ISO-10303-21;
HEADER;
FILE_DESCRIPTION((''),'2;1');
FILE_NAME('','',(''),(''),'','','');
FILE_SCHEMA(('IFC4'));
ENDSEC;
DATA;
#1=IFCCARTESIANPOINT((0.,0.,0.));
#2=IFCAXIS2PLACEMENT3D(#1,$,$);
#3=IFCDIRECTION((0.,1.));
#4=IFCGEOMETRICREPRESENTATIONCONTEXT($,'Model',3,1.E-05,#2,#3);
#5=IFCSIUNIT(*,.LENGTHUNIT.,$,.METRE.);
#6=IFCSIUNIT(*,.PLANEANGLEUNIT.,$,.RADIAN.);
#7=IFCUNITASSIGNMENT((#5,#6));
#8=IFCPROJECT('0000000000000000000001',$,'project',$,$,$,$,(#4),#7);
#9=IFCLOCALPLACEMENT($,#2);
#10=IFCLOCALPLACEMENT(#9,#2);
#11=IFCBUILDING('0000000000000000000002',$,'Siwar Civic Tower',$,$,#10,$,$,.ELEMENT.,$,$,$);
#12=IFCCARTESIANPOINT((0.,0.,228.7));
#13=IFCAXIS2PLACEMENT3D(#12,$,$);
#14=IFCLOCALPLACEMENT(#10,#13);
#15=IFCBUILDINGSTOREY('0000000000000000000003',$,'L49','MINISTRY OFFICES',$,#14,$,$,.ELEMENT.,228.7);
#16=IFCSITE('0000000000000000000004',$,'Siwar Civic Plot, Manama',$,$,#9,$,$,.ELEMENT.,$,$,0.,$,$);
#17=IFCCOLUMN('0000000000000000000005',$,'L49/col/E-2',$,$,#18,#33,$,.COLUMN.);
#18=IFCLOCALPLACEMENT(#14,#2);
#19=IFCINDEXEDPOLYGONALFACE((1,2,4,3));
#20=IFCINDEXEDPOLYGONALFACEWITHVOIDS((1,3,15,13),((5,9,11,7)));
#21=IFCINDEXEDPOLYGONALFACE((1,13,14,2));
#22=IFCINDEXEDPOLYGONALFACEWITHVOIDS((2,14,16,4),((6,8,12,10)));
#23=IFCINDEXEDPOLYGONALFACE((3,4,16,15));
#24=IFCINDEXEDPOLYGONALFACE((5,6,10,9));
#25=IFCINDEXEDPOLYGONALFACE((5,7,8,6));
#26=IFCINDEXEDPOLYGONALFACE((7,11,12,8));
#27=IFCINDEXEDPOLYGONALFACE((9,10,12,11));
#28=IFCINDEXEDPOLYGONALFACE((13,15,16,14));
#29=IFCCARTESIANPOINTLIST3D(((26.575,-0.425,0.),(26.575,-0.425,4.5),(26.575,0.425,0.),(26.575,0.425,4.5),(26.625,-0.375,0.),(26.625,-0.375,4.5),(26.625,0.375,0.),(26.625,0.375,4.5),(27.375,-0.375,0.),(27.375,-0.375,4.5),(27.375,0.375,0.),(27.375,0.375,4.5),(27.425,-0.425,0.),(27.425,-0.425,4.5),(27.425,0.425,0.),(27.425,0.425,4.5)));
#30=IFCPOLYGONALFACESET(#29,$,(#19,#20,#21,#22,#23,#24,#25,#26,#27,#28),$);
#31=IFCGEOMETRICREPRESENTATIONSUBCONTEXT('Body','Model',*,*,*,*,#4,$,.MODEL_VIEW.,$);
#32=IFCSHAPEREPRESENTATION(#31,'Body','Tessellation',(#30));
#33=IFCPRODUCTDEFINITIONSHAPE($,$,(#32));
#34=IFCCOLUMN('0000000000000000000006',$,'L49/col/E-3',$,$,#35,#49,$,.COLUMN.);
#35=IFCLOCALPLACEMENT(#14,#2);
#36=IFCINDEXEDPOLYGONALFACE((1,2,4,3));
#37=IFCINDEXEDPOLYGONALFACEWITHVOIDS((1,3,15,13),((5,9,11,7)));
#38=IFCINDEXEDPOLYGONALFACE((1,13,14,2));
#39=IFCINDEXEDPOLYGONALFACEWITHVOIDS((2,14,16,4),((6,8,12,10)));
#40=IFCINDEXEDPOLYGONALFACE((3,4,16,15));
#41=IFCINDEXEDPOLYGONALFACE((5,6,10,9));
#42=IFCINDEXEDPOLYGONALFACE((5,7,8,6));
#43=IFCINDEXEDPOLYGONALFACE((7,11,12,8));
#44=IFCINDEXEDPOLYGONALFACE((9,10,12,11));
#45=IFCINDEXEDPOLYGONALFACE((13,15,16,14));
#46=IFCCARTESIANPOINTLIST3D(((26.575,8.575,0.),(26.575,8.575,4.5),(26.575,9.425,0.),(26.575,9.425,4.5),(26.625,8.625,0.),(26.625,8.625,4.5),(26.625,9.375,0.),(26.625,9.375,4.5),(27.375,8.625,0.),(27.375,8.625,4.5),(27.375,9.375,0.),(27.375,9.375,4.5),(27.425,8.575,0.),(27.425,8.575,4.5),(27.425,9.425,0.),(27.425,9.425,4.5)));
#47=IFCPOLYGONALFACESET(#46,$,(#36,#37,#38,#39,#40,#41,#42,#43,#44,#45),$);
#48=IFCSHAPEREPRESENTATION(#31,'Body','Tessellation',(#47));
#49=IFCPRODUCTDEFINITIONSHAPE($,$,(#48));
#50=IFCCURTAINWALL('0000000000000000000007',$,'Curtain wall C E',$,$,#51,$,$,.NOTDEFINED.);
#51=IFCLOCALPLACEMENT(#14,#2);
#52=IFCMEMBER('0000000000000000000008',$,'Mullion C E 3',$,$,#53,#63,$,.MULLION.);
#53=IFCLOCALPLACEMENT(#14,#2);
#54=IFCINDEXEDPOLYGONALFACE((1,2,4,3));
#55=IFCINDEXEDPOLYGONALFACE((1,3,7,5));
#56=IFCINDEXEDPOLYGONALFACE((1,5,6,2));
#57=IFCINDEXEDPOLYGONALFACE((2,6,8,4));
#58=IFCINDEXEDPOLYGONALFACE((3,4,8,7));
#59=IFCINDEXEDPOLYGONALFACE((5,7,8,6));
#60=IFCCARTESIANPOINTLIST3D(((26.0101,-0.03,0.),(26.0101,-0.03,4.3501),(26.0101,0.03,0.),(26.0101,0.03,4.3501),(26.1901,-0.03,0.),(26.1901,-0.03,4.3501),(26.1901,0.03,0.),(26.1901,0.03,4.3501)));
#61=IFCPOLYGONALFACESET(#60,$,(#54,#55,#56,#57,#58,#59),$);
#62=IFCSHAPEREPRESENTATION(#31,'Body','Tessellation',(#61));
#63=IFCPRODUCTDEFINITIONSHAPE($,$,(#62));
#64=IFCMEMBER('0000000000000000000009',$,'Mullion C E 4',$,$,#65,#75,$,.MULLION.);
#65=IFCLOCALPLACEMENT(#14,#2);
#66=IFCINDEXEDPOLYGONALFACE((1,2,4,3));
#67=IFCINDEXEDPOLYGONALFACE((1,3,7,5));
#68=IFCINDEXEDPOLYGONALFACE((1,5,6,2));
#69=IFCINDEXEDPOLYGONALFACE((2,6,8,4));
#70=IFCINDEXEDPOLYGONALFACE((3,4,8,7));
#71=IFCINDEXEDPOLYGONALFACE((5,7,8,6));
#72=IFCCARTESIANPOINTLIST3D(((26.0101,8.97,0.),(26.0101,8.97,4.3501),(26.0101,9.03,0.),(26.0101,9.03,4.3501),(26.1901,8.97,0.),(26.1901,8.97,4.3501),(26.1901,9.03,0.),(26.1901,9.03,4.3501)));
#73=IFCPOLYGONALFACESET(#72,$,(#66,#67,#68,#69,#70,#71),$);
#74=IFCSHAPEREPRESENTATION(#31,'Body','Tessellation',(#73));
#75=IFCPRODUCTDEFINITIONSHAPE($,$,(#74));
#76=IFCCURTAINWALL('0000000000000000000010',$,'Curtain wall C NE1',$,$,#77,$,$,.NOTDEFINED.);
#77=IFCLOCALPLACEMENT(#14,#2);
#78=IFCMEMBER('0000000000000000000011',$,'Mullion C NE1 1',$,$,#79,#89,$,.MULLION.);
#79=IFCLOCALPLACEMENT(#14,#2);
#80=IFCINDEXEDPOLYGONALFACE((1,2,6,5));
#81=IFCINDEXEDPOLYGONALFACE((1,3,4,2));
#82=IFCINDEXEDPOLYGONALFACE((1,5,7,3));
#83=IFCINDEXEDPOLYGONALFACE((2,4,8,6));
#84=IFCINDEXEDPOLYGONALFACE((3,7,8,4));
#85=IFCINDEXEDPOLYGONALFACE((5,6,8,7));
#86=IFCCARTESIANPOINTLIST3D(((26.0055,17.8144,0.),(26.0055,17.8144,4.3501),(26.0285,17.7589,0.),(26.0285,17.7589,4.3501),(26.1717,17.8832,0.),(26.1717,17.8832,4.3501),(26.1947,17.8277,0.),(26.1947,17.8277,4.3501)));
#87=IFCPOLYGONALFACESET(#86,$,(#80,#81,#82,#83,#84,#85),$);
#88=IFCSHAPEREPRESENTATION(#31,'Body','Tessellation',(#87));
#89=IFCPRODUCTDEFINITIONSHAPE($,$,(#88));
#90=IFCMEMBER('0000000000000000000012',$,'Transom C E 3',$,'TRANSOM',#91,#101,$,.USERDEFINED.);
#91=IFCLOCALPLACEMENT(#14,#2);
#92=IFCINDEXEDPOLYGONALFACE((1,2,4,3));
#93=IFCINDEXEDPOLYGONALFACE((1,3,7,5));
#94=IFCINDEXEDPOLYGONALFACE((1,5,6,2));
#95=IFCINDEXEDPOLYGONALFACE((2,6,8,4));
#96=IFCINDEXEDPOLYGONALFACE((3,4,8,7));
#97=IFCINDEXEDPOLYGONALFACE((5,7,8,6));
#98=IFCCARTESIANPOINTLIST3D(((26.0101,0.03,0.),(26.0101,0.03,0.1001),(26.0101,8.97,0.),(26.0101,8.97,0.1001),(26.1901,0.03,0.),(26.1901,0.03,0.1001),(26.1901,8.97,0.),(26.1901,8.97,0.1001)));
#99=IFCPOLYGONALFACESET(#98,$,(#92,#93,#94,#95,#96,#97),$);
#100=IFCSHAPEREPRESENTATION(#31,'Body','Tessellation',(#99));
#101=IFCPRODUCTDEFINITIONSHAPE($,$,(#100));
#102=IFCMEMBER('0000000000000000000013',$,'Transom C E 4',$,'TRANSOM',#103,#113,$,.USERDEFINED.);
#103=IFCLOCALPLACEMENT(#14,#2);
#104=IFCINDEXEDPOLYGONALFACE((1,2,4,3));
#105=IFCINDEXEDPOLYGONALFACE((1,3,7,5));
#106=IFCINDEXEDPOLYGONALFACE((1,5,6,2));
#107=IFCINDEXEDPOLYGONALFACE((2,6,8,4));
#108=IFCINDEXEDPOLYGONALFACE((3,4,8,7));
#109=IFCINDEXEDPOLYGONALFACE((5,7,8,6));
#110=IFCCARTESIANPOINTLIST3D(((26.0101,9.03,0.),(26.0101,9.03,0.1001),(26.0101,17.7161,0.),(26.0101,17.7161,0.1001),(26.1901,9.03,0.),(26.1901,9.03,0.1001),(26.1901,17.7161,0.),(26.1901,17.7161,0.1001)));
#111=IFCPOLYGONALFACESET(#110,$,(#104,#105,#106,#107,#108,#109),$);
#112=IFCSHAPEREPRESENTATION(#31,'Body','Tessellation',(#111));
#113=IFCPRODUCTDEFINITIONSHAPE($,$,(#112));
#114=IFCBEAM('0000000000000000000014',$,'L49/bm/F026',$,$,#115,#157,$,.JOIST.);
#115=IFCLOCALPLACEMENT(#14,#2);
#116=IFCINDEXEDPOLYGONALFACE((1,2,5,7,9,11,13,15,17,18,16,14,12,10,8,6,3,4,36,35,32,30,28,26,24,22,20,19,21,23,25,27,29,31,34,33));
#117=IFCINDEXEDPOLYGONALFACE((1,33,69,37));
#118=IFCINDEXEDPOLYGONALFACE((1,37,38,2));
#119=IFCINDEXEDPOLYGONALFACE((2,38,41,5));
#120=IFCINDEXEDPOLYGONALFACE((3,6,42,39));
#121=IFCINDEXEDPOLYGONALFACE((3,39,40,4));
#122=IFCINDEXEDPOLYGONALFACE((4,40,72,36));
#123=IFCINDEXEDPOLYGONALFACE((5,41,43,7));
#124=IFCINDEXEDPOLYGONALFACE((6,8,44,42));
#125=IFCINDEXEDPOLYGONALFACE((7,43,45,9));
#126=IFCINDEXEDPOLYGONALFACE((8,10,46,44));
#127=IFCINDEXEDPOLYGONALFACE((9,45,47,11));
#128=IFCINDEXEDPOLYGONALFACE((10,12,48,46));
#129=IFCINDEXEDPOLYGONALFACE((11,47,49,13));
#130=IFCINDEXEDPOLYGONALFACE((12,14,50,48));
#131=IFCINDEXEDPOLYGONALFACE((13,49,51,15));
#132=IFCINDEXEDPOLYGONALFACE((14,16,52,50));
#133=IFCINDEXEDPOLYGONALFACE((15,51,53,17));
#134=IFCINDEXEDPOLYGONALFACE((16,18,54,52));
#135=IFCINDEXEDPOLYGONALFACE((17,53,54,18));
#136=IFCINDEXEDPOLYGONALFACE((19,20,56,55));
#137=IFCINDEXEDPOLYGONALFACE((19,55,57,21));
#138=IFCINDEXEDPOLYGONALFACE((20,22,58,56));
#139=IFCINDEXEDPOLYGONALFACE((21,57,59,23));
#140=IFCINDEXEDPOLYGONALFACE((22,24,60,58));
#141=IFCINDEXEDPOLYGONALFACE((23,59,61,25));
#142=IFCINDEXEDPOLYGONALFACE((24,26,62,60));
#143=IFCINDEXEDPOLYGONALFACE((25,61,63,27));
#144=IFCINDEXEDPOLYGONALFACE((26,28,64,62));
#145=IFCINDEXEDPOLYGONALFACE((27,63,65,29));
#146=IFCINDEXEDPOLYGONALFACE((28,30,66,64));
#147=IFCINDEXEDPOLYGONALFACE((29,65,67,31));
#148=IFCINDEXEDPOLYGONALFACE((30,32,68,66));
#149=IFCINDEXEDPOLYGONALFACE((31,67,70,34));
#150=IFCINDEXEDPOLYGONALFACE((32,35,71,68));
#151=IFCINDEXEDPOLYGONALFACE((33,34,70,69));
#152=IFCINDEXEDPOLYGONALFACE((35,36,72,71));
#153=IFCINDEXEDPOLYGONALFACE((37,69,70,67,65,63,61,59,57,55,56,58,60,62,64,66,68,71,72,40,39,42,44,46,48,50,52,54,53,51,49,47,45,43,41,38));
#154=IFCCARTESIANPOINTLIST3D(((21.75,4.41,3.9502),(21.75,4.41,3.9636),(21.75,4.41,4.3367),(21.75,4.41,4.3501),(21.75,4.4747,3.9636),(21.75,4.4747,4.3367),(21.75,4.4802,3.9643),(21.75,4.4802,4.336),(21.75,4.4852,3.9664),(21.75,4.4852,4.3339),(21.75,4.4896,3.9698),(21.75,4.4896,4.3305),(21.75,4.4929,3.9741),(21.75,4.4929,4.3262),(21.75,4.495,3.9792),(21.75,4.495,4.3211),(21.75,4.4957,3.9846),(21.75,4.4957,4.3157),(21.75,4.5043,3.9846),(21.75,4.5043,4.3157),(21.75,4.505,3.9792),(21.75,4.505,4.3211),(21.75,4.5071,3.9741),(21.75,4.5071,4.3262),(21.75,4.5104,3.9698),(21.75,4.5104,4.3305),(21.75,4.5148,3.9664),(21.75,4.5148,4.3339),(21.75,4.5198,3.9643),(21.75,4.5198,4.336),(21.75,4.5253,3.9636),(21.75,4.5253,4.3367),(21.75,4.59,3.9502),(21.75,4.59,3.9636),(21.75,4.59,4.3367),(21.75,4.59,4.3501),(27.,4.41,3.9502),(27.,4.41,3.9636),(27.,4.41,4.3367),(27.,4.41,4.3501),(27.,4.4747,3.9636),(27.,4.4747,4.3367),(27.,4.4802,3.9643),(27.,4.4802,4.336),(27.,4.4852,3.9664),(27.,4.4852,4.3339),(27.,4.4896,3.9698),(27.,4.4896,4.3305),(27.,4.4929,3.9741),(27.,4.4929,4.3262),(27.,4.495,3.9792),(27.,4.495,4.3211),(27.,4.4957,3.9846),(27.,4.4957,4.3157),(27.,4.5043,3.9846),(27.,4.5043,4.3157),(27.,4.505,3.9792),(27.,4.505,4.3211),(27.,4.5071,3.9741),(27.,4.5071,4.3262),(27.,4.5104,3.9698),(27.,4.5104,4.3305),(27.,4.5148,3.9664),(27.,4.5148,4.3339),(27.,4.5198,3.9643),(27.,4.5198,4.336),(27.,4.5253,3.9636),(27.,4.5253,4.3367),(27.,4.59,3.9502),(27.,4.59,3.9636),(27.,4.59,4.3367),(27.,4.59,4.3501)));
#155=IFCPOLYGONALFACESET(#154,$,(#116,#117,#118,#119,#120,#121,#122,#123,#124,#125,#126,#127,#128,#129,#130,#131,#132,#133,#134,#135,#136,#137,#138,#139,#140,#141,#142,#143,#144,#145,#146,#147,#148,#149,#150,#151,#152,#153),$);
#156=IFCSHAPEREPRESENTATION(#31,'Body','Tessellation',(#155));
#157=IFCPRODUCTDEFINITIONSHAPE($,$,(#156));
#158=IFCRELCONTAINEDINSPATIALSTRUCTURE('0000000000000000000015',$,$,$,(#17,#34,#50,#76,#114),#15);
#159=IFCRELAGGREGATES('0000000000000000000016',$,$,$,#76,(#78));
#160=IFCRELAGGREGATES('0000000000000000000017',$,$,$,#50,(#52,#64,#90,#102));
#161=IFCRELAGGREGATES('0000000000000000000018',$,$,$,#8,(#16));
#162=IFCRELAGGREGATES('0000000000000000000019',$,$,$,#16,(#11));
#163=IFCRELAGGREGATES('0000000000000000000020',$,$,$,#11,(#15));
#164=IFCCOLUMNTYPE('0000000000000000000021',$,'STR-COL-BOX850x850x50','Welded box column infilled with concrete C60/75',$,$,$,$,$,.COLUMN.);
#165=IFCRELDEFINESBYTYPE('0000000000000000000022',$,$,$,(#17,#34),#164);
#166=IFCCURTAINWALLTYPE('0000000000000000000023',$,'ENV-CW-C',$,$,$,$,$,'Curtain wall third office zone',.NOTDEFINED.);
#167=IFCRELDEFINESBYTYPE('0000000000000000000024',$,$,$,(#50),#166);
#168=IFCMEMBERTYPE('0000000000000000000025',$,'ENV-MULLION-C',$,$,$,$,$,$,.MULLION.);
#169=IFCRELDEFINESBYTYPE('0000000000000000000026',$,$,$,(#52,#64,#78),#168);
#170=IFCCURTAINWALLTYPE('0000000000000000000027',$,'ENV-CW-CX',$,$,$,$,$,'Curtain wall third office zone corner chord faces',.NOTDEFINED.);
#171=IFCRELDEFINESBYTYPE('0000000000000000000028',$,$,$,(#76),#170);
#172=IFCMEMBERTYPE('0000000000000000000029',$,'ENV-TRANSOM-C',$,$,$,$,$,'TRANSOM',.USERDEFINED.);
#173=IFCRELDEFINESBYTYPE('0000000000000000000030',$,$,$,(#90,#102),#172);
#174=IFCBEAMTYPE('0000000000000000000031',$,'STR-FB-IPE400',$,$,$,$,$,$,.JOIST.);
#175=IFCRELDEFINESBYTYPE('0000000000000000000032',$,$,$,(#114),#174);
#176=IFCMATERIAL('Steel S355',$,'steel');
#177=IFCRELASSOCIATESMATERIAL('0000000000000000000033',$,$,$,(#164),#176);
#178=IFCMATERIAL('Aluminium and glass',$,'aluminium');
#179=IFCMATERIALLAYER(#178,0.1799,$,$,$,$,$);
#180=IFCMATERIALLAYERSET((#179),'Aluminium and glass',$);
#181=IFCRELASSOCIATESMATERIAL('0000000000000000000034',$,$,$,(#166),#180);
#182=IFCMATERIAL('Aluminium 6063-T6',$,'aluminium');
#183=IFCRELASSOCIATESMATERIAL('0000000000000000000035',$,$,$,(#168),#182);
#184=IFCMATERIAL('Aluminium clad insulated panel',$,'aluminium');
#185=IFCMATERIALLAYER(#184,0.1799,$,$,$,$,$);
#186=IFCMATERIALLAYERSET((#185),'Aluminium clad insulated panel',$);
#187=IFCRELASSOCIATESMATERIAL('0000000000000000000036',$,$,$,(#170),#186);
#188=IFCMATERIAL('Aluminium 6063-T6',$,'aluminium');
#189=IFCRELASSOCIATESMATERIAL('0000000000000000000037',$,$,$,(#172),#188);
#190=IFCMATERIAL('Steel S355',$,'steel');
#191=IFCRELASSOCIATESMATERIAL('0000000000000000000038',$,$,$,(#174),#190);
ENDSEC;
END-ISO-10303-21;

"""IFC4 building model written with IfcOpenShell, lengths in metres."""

from ifc_helpers import new_model, si_unit, direction, frame, origin, origin_2d, place, context, subcontext, project, spatial, rectangle, hollow_rectangle, i_section, extrude, material, layer, layer_set, material_profile, profile_set, type_object, element, aggregate, save


model = new_model("IFC4")

# Units and contexts
model_context = context("Model", 3, precision=1e-05, world=origin(), true_north=direction((0.0, 1.0)))
body_context = subcontext(model_context, "Body", "Model", "MODEL_VIEW")
ifc_project = project(units=[si_unit("LENGTHUNIT", "METRE"), si_unit("PLANEANGLEUNIT", "RADIAN")], contexts=[model_context])

# Site, building, storey
site_placement = place(None, origin())
site = spatial("IfcSite", under=ifc_project, at=site_placement, Name="Siwar Civic Plot, Manama", CompositionType="ELEMENT", RefElevation=0.0)
building_placement = place(site_placement, origin())
building = spatial("IfcBuilding", under=site, at=building_placement, Name="Siwar Civic Tower", CompositionType="ELEMENT")
storey_placement = place(building_placement, frame((0.0, 0.0, 228.7)))
storey = spatial("IfcBuildingStorey", under=building, at=storey_placement, Name="L49", Description="MINISTRY OFFICES", CompositionType="ELEMENT", Elevation=228.7)

# Columns
ifc_material_1 = material(Name="Steel S355", Category="steel")
ifc_material_profile_1 = material_profile(ifc_material_1, hollow_rectangle(XDim=0.8501, YDim=0.8501, WallThickness=0.05, at=origin_2d()), Name="BOX850x850x50")
ifc_profile_set_1 = profile_set([ifc_material_profile_1], Name="Steel S355")
column_type = type_object("IfcColumnType", Name="STR-COL-BOX850x850x50", Description="Welded box column infilled with concrete C60/75", PredefinedType="COLUMN", material=ifc_profile_set_1)
for number, where, z_axis, x_axis, name in (
    (1, (27.0, 0.0, 0.0), (0.0, 0.0, 1.0), (1.0, 0.0, 0.0), "L49/col/E-2"),
    (2, (27.0, 9.0, 0.0), (0.0, 0.0, 1.0), (1.0, 0.0, 0.0), "L49/col/E-3"),
):
    element("IfcColumn", number, at=place(storey_placement, frame(where, z_axis=z_axis, x_axis=x_axis)), inside=storey, type_object=column_type, Name=name, PredefinedType="COLUMN", context=body_context, shape_type="SweptSolid", body=[
        extrude(hollow_rectangle(XDim=0.8501, YDim=0.8501, WallThickness=0.05, at=origin_2d()), origin(), (0.0, 0.0, 1.0), 4.5),
    ])

# Curtain wall, members
ifc_material_2 = material(Name="Aluminium and glass", Category="aluminium")
ifc_layer_1 = layer(ifc_material_2, 0.1799)
ifc_layer_set_1 = layer_set([ifc_layer_1], Name="Aluminium and glass")
curtain_wall_type_1 = type_object("IfcCurtainWallType", Name="ENV-CW-C", ElementType="Curtain wall third office zone", PredefinedType="NOTDEFINED", material=ifc_layer_set_1)
curtain_wall_1_placement = place(storey_placement, origin())
curtain_wall_1 = element("IfcCurtainWall", 3, at=curtain_wall_1_placement, inside=storey, type_object=curtain_wall_type_1, Name="Curtain wall C E", PredefinedType="NOTDEFINED")
ifc_material_3 = material(Name="Aluminium 6063-T6", Category="aluminium")
ifc_material_profile_2 = material_profile(ifc_material_3, rectangle(XDim=0.1799, YDim=0.0601, at=origin_2d()), Name="AL 180x60")
ifc_profile_set_2 = profile_set([ifc_material_profile_2], Name="Aluminium 6063-T6")
member_type_1 = type_object("IfcMemberType", Name="ENV-MULLION-C", PredefinedType="MULLION", material=ifc_profile_set_2)
member_1_placement = place(storey_placement, frame((26.1001, 0.0, 0.0), z_axis=(0.0, 0.0, 1.0), x_axis=(-1.0, 0.0, 0.0)))
member_1 = element("IfcMember", 4, at=member_1_placement, type_object=member_type_1, Name="Mullion C E 3", PredefinedType="MULLION", context=body_context, shape_type="SweptSolid", body=[
    extrude(rectangle(XDim=0.1799, YDim=0.0601, at=origin_2d()), origin(), (0.0, 0.0, 1.0), 4.3501),
])
member_2_placement = place(storey_placement, frame((26.1001, 9.0, 0.0), z_axis=(0.0, 0.0, 1.0), x_axis=(-1.0, 0.0, 0.0)))
member_2 = element("IfcMember", 5, at=member_2_placement, type_object=member_type_1, Name="Mullion C E 4", PredefinedType="MULLION", context=body_context, shape_type="SweptSolid", body=[
    extrude(rectangle(XDim=0.1799, YDim=0.0601, at=origin_2d()), origin(), (0.0, 0.0, 1.0), 4.3501),
])

# Curtain wall, member
ifc_material_4 = material(Name="Aluminium clad insulated panel", Category="aluminium")
ifc_layer_2 = layer(ifc_material_4, 0.1799)
ifc_layer_set_2 = layer_set([ifc_layer_2], Name="Aluminium clad insulated panel")
curtain_wall_type_2 = type_object("IfcCurtainWallType", Name="ENV-CW-CX", ElementType="Curtain wall third office zone corner chord faces", PredefinedType="NOTDEFINED", material=ifc_layer_set_2)
curtain_wall_2_placement = place(storey_placement, origin())
curtain_wall_2 = element("IfcCurtainWall", 6, at=curtain_wall_2_placement, inside=storey, type_object=curtain_wall_type_2, Name="Curtain wall C NE1", PredefinedType="NOTDEFINED")
member_3_placement = place(storey_placement, frame((26.1001, 17.821, 0.0), z_axis=(0.0, 0.0, 1.0), x_axis=(-0.92388, -0.382683, 0.0)))
member_3 = element("IfcMember", 7, at=member_3_placement, type_object=member_type_1, Name="Mullion C NE1 1", PredefinedType="MULLION", context=body_context, shape_type="SweptSolid", body=[
    extrude(rectangle(XDim=0.1799, YDim=0.0601, at=origin_2d()), origin(), (0.0, 0.0, 1.0), 4.3501),
])
aggregate(curtain_wall_2, [member_3])

# Members
ifc_material_5 = material(Name="Aluminium 6063-T6", Category="aluminium")
ifc_material_profile_3 = material_profile(ifc_material_5, rectangle(XDim=0.1799, YDim=0.1001, at=origin_2d()), Name="AL 180x100")
ifc_profile_set_3 = profile_set([ifc_material_profile_3], Name="Aluminium 6063-T6")
member_type_2 = type_object("IfcMemberType", Name="ENV-TRANSOM-C", ElementType="TRANSOM", PredefinedType="USERDEFINED", material=ifc_profile_set_3)
member_4_placement = place(storey_placement, frame((26.1001, 0.03, 0.05), z_axis=(0.0, 1.0, 0.0), x_axis=(-1.0, 0.0, 0.0)))
member_4 = element("IfcMember", 8, at=member_4_placement, type_object=member_type_2, Name="Transom C E 3", ObjectType="TRANSOM", PredefinedType="USERDEFINED", context=body_context, shape_type="SweptSolid", body=[
    extrude(rectangle(XDim=0.1799, YDim=0.1001, at=origin_2d()), origin(), (0.0, 0.0, 1.0), 8.9399),
])
member_5_placement = place(storey_placement, frame((26.1001, 9.03, 0.05), z_axis=(0.0, 1.0, 0.0), x_axis=(-1.0, 0.0, 0.0)))
member_5 = element("IfcMember", 9, at=member_5_placement, type_object=member_type_2, Name="Transom C E 4", ObjectType="TRANSOM", PredefinedType="USERDEFINED", context=body_context, shape_type="SweptSolid", body=[
    extrude(rectangle(XDim=0.1799, YDim=0.1001, at=origin_2d()), origin(), (0.0, 0.0, 1.0), 8.686),
])

# Beam
ifc_material_6 = material(Name="Steel S355", Category="steel")
ifc_material_profile_4 = material_profile(ifc_material_6, i_section(OverallWidth=0.1799, OverallDepth=0.3999, WebThickness=0.0085, FlangeThickness=0.0134, FilletRadius=0.021, at=origin_2d()), Name="IPE400")
ifc_profile_set_4 = profile_set([ifc_material_profile_4], Name="Steel S355")
beam_type_1 = type_object("IfcBeamType", Name="STR-FB-IPE400", PredefinedType="JOIST", material=ifc_profile_set_4)
for number, where, z_axis, x_axis, name in (
    (10, (21.75, 4.5, 4.1501), (1.0, 0.0, 0.0), (0.0, 1.0, 0.0), "L49/bm/F026"),
):
    element("IfcBeam", number, at=place(storey_placement, frame(where, z_axis=z_axis, x_axis=x_axis)), inside=storey, type_object=beam_type_1, Name=name, PredefinedType="JOIST", context=body_context, shape_type="SweptSolid", body=[
        extrude(i_section(OverallWidth=0.1799, OverallDepth=0.3999, WebThickness=0.0085, FlangeThickness=0.0134, FilletRadius=0.021, at=origin_2d()), origin(), (0.0, 0.0, 1.0), 5.25),
    ])

aggregate(curtain_wall_1, [member_1, member_2, member_4, member_5])

save(model, "model.ifc")
